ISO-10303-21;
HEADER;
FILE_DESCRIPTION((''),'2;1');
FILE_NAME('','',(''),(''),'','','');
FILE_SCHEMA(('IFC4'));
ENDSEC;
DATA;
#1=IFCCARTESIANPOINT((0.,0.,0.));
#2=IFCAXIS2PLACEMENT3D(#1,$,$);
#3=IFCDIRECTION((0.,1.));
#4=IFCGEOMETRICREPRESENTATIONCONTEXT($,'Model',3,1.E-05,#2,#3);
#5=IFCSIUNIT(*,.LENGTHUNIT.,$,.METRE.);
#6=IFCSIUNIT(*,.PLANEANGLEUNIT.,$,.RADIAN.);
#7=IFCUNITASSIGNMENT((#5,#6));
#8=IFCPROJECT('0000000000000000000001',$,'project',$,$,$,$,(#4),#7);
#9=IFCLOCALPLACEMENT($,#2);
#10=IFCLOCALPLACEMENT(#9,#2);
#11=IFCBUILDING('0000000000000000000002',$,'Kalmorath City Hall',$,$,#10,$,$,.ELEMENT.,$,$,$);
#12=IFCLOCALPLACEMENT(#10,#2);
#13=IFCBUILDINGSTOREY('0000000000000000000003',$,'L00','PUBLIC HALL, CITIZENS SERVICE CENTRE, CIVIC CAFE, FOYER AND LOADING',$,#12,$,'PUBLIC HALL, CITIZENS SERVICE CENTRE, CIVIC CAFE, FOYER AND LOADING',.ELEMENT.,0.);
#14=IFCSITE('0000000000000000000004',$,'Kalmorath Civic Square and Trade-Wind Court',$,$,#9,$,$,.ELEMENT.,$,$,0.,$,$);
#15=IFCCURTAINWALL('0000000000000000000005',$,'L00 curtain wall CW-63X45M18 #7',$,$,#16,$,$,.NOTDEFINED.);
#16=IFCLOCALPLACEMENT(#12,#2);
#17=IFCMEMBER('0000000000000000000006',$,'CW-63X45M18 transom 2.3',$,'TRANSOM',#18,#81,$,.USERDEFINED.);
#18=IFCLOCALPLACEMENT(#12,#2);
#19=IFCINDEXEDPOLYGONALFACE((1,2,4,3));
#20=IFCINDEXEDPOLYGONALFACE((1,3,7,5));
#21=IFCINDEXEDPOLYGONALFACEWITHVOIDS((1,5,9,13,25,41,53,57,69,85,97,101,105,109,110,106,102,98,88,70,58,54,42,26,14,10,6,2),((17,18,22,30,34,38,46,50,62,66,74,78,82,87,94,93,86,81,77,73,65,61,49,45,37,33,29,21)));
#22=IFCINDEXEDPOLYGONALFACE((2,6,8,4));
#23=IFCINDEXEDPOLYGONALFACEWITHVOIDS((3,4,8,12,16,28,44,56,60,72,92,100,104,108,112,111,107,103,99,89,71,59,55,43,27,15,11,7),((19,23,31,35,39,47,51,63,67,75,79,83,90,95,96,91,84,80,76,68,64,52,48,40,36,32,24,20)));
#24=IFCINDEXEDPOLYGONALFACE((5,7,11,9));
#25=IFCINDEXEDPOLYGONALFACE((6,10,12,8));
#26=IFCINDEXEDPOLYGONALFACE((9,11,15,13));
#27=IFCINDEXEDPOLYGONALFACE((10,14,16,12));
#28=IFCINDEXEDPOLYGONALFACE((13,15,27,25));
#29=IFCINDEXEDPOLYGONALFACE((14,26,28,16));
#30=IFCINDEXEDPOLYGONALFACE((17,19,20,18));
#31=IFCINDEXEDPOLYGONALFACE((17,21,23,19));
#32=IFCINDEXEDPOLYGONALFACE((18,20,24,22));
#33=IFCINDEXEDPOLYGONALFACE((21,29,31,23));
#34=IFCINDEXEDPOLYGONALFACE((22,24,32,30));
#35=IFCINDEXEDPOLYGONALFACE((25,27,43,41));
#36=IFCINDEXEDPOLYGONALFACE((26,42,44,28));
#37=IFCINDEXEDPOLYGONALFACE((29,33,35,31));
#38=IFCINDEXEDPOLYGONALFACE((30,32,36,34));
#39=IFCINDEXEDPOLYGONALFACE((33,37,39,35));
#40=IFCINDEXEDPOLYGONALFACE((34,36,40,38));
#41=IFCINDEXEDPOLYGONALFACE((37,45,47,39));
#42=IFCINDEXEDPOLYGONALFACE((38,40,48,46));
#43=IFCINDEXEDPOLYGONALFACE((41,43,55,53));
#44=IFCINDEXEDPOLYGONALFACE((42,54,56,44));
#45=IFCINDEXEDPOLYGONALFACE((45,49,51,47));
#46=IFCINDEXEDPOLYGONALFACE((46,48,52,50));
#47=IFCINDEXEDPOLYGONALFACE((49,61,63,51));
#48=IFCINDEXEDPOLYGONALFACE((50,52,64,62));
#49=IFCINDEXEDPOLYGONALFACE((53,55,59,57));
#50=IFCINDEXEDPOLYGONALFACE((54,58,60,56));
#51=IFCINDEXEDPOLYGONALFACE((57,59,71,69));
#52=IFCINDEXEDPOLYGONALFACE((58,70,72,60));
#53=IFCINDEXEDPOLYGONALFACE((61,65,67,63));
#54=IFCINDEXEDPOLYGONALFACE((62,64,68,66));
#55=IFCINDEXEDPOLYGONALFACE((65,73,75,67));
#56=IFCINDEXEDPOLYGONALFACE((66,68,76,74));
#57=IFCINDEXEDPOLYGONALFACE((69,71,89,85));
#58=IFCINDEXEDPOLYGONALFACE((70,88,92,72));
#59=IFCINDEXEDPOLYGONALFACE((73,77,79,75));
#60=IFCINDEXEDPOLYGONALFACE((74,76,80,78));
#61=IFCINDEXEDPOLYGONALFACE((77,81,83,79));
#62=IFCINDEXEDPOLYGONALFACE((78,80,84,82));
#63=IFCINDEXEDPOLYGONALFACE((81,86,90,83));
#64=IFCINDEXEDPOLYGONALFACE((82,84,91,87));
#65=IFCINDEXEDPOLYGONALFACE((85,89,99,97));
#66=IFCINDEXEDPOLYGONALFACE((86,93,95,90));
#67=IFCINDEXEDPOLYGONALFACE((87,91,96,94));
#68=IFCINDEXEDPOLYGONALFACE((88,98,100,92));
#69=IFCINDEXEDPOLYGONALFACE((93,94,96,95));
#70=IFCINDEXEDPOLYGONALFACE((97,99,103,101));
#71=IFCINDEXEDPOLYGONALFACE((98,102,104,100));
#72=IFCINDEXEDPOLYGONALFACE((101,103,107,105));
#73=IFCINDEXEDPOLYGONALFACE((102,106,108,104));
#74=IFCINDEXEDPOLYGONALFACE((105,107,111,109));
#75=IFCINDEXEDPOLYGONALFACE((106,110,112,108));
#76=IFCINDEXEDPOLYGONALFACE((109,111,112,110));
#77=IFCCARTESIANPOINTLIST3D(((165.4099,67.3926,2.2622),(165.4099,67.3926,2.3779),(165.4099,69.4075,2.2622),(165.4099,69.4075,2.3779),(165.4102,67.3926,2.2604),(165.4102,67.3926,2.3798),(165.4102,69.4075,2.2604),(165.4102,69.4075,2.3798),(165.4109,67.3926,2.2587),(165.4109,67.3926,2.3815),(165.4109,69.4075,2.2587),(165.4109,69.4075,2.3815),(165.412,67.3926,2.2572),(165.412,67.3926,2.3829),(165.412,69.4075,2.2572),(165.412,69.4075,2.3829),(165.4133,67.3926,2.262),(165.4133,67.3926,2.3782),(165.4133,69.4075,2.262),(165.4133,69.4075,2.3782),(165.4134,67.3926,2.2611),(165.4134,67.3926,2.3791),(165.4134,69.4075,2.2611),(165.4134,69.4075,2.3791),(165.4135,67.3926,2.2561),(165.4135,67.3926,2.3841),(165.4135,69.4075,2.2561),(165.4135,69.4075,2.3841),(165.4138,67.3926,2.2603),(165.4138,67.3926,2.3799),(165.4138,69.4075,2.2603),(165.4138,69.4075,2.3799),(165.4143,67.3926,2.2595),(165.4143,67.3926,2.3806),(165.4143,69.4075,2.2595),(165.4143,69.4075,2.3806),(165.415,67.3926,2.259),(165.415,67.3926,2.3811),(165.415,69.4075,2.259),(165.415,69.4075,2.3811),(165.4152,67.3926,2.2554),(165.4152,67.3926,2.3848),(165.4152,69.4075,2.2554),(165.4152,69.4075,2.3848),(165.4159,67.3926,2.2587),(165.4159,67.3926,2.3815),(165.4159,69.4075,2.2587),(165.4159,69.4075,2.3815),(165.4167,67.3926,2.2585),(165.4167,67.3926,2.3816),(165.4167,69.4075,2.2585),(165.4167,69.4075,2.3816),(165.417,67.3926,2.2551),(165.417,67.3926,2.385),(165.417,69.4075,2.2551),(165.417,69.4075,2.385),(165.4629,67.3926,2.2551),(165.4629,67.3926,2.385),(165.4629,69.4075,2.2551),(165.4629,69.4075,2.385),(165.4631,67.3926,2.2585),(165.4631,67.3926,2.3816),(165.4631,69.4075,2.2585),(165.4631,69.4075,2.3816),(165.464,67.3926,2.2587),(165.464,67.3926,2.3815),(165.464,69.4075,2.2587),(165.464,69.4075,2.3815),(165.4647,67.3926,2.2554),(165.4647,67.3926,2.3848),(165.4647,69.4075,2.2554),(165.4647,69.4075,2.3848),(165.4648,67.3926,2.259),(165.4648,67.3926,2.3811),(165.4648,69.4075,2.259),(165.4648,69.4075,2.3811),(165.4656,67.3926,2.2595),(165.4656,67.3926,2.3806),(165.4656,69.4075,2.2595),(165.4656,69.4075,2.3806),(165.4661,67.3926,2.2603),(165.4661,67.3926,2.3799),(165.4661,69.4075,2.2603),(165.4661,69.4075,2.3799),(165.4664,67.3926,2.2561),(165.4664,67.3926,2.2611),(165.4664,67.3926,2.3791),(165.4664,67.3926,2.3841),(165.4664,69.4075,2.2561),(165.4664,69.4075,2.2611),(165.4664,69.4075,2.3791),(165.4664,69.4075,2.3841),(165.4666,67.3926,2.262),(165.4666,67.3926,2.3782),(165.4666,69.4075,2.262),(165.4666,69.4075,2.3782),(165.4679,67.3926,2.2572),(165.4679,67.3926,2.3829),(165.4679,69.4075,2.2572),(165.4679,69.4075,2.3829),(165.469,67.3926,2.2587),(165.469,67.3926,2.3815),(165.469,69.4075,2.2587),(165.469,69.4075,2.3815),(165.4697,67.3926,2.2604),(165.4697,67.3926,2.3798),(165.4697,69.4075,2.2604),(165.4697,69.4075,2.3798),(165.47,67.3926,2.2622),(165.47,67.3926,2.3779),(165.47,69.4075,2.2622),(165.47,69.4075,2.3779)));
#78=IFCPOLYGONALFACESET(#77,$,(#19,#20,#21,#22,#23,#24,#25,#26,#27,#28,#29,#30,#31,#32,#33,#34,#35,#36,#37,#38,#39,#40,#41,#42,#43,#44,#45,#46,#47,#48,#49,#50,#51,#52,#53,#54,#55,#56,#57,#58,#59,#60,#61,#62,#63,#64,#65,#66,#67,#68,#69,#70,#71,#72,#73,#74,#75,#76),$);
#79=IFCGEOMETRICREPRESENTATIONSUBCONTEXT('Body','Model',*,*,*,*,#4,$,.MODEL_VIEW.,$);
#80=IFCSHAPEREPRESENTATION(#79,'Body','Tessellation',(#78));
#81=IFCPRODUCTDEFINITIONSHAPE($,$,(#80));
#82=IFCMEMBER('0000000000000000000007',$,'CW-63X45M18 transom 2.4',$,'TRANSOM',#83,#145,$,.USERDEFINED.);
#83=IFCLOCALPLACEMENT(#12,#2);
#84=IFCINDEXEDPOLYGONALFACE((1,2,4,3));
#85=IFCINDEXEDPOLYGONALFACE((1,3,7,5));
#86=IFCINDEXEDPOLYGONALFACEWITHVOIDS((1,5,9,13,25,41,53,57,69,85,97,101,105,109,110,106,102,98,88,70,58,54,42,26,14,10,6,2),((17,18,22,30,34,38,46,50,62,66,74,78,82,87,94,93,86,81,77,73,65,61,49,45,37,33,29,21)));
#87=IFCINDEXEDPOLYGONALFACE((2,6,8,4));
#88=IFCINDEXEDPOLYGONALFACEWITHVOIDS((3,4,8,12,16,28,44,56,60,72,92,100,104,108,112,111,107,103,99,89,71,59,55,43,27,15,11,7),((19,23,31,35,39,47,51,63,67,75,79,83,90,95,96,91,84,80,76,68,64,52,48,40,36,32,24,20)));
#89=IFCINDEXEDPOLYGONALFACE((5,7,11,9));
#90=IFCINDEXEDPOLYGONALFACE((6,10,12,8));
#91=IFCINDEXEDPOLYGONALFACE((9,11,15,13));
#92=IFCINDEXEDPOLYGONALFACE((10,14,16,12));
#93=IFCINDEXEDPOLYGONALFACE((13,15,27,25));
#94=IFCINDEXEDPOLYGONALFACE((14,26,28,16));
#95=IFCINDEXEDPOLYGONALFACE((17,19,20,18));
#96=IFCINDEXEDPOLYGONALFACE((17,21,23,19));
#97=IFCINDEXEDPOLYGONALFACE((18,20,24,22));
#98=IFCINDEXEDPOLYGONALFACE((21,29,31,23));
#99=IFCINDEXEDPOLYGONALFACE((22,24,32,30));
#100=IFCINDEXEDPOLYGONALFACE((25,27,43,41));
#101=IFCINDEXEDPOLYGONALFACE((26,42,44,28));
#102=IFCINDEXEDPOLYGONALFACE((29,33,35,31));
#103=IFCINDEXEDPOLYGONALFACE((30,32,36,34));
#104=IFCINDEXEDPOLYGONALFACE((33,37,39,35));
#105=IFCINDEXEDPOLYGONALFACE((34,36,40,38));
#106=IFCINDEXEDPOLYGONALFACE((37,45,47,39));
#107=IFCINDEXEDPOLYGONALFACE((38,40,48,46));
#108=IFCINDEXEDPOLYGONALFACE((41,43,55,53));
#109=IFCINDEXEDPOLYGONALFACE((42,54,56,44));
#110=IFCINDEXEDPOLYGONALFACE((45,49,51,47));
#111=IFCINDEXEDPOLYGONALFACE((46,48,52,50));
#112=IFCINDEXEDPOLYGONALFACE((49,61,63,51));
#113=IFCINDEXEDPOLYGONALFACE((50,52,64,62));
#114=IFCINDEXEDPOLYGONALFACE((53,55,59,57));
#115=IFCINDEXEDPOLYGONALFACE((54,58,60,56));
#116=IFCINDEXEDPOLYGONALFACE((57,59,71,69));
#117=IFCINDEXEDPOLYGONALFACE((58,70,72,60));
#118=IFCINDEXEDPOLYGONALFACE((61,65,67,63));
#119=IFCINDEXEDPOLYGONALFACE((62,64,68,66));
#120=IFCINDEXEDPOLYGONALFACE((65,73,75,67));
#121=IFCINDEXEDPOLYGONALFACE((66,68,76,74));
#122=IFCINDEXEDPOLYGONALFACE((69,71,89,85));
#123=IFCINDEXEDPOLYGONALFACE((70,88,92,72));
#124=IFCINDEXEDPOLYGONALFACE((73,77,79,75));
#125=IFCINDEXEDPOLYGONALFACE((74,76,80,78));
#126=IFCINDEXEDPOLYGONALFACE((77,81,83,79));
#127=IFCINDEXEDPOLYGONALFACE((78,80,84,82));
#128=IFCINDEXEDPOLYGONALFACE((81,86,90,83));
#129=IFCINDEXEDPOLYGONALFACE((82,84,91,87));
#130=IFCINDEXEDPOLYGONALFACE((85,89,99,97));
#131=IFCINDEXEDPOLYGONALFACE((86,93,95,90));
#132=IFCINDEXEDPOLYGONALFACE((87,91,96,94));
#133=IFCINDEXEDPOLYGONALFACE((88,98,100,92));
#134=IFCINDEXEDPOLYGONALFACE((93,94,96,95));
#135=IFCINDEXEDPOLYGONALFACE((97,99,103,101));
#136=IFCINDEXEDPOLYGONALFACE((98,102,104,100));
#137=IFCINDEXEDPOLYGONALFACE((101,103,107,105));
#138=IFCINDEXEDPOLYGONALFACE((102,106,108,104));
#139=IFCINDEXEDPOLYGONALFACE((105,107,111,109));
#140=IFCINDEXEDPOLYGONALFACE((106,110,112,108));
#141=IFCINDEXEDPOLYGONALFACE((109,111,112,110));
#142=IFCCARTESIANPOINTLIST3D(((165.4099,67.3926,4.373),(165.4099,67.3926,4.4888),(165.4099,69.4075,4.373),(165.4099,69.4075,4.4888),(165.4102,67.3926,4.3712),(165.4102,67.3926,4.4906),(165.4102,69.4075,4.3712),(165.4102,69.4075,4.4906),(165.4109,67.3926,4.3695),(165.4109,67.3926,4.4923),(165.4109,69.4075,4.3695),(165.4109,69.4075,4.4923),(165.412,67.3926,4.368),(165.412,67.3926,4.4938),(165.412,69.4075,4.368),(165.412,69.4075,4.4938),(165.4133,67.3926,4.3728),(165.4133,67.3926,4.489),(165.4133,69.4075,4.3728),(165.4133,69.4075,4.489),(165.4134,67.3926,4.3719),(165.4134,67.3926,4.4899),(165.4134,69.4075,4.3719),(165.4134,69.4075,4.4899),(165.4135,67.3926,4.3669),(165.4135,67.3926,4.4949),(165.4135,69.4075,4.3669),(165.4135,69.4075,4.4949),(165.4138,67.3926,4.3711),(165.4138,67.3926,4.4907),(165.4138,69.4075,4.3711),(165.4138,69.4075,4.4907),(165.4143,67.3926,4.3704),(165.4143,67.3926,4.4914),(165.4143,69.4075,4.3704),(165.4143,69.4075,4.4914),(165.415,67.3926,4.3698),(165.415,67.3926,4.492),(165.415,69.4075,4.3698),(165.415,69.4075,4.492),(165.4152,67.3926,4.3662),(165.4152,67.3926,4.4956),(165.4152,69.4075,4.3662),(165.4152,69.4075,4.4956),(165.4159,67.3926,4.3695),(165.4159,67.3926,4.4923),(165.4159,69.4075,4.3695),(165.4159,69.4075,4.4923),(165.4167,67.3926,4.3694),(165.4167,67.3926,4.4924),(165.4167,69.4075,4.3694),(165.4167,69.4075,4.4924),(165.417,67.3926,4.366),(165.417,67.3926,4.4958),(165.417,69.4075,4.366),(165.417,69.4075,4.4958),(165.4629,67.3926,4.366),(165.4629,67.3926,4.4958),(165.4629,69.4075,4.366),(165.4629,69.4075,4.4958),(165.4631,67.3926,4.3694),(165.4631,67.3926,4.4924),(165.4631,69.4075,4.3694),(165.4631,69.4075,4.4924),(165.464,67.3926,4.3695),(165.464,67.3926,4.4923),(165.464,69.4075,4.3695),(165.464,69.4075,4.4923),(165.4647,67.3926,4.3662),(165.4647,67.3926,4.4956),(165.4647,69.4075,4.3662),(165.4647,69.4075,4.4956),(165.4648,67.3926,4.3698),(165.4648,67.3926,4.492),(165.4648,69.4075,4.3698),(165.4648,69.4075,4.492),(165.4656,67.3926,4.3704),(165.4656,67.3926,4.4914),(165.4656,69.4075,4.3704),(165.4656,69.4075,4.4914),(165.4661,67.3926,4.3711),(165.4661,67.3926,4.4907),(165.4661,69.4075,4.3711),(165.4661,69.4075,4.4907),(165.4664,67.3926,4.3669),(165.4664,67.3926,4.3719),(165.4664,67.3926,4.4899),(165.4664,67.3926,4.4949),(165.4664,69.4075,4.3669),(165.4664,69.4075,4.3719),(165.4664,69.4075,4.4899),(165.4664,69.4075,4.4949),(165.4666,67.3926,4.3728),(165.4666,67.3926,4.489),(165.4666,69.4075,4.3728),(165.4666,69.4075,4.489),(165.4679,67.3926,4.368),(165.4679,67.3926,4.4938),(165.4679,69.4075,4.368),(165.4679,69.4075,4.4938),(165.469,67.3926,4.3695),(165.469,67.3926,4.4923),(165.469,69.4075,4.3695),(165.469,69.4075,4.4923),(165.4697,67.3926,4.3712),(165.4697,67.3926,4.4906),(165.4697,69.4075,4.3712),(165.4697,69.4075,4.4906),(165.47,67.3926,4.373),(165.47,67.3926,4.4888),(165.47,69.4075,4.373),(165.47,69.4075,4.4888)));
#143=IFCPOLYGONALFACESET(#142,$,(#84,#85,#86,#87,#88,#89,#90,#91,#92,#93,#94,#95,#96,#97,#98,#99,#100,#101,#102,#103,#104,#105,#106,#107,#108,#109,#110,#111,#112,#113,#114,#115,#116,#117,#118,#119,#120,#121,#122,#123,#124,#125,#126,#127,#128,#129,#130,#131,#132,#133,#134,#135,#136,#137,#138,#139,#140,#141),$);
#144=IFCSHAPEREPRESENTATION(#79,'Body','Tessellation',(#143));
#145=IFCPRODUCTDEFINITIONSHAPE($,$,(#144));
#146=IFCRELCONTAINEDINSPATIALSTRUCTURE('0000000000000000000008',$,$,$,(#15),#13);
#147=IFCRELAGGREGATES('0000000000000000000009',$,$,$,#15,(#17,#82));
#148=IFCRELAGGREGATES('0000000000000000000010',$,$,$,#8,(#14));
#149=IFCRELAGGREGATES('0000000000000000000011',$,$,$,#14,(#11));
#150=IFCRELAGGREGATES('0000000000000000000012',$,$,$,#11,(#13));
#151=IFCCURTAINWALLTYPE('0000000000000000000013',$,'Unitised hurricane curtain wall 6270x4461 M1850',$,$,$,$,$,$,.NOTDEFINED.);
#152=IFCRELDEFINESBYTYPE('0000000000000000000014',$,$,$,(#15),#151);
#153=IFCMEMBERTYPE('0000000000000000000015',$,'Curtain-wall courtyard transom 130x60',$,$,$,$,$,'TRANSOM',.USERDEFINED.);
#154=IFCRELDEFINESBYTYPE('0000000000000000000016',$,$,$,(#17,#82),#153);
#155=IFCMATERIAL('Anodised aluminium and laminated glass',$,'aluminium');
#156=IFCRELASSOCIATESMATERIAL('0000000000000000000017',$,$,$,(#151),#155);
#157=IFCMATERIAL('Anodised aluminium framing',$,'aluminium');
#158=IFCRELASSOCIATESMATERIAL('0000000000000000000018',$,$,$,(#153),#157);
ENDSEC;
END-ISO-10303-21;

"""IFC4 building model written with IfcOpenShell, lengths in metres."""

from ifc_helpers import new_model, si_unit, direction, frame, origin, origin_2d, place, context, subcontext, project, spatial, hollow_rectangle, extrude, material, material_profile, profile_set, type_object, element, aggregate, save


model = new_model("IFC4")

# Units and contexts
model_context = context("Model", 3, precision=1e-05, world=origin(), true_north=direction((0.0, 1.0)))
body_context = subcontext(model_context, "Body", "Model", "MODEL_VIEW")
ifc_project = project(units=[si_unit("LENGTHUNIT", "METRE"), si_unit("PLANEANGLEUNIT", "RADIAN")], contexts=[model_context])

# Site, building, storey
site_placement = place(None, origin())
site = spatial("IfcSite", under=ifc_project, at=site_placement, Name="Kalmorath Civic Square and Trade-Wind Court", CompositionType="ELEMENT", RefElevation=0.0)
building_placement = place(site_placement, origin())
building = spatial("IfcBuilding", under=site, at=building_placement, Name="Kalmorath City Hall", CompositionType="ELEMENT")
storey_placement = place(building_placement, origin())
storey = spatial("IfcBuildingStorey", under=building, at=storey_placement, Name="L00", Description="PUBLIC HALL, CITIZENS SERVICE CENTRE, CIVIC CAFE, FOYER AND LOADING", LongName="PUBLIC HALL, CITIZENS SERVICE CENTRE, CIVIC CAFE, FOYER AND LOADING", CompositionType="ELEMENT", Elevation=0.0)

# Curtain wall, members
ifc_material_1 = material(Name="Anodised aluminium and laminated glass", Category="aluminium")
curtain_wall_type = type_object("IfcCurtainWallType", Name="Unitised hurricane curtain wall 6270x4461 M1850", PredefinedType="NOTDEFINED", material=ifc_material_1)
curtain_wall_placement = place(storey_placement, origin())
curtain_wall = element("IfcCurtainWall", 1, at=curtain_wall_placement, inside=storey, type_object=curtain_wall_type, Name="L00 curtain wall CW-63X45M18 #7", PredefinedType="NOTDEFINED")
ifc_material_2 = material(Name="Anodised aluminium framing", Category="aluminium")
ifc_material_profile_1 = material_profile(ifc_material_2, hollow_rectangle(XDim=0.0601, YDim=0.1299, WallThickness=0.0034, InnerFilletRadius=0.0034, OuterFilletRadius=0.0071, at=origin_2d()), Name="ALU-TRN-130X60X3.5")
ifc_profile_set_1 = profile_set([ifc_material_profile_1], Name="Anodised aluminium framing")
member_type_1 = type_object("IfcMemberType", Name="Curtain-wall courtyard transom 130x60", ElementType="TRANSOM", PredefinedType="USERDEFINED", material=ifc_profile_set_1)
member_1_placement = place(storey_placement, frame((165.4399, 69.4075, 2.3201), z_axis=(0.0, -1.0, 0.0), x_axis=(1.0, 0.0, 0.0)))
member_1 = element("IfcMember", 2, at=member_1_placement, type_object=member_type_1, Name="CW-63X45M18 transom 2.3", ObjectType="TRANSOM", PredefinedType="USERDEFINED", context=body_context, shape_type="SweptSolid", body=[
    extrude(hollow_rectangle(XDim=0.0601, YDim=0.1299, WallThickness=0.0034, InnerFilletRadius=0.0034, OuterFilletRadius=0.0071, at=origin_2d()), origin(), (0.0, 0.0, 1.0), 2.0149),
])
member_2_placement = place(storey_placement, frame((165.4399, 69.4075, 4.4309), z_axis=(0.0, -1.0, 0.0), x_axis=(1.0, 0.0, 0.0)))
member_2 = element("IfcMember", 3, at=member_2_placement, type_object=member_type_1, Name="CW-63X45M18 transom 2.4", ObjectType="TRANSOM", PredefinedType="USERDEFINED", context=body_context, shape_type="SweptSolid", body=[
    extrude(hollow_rectangle(XDim=0.0601, YDim=0.1299, WallThickness=0.0034, InnerFilletRadius=0.0034, OuterFilletRadius=0.0071, at=origin_2d()), origin(), (0.0, 0.0, 1.0), 2.0149),
])
aggregate(curtain_wall, [member_1, member_2])

save(model, "model.ifc")
